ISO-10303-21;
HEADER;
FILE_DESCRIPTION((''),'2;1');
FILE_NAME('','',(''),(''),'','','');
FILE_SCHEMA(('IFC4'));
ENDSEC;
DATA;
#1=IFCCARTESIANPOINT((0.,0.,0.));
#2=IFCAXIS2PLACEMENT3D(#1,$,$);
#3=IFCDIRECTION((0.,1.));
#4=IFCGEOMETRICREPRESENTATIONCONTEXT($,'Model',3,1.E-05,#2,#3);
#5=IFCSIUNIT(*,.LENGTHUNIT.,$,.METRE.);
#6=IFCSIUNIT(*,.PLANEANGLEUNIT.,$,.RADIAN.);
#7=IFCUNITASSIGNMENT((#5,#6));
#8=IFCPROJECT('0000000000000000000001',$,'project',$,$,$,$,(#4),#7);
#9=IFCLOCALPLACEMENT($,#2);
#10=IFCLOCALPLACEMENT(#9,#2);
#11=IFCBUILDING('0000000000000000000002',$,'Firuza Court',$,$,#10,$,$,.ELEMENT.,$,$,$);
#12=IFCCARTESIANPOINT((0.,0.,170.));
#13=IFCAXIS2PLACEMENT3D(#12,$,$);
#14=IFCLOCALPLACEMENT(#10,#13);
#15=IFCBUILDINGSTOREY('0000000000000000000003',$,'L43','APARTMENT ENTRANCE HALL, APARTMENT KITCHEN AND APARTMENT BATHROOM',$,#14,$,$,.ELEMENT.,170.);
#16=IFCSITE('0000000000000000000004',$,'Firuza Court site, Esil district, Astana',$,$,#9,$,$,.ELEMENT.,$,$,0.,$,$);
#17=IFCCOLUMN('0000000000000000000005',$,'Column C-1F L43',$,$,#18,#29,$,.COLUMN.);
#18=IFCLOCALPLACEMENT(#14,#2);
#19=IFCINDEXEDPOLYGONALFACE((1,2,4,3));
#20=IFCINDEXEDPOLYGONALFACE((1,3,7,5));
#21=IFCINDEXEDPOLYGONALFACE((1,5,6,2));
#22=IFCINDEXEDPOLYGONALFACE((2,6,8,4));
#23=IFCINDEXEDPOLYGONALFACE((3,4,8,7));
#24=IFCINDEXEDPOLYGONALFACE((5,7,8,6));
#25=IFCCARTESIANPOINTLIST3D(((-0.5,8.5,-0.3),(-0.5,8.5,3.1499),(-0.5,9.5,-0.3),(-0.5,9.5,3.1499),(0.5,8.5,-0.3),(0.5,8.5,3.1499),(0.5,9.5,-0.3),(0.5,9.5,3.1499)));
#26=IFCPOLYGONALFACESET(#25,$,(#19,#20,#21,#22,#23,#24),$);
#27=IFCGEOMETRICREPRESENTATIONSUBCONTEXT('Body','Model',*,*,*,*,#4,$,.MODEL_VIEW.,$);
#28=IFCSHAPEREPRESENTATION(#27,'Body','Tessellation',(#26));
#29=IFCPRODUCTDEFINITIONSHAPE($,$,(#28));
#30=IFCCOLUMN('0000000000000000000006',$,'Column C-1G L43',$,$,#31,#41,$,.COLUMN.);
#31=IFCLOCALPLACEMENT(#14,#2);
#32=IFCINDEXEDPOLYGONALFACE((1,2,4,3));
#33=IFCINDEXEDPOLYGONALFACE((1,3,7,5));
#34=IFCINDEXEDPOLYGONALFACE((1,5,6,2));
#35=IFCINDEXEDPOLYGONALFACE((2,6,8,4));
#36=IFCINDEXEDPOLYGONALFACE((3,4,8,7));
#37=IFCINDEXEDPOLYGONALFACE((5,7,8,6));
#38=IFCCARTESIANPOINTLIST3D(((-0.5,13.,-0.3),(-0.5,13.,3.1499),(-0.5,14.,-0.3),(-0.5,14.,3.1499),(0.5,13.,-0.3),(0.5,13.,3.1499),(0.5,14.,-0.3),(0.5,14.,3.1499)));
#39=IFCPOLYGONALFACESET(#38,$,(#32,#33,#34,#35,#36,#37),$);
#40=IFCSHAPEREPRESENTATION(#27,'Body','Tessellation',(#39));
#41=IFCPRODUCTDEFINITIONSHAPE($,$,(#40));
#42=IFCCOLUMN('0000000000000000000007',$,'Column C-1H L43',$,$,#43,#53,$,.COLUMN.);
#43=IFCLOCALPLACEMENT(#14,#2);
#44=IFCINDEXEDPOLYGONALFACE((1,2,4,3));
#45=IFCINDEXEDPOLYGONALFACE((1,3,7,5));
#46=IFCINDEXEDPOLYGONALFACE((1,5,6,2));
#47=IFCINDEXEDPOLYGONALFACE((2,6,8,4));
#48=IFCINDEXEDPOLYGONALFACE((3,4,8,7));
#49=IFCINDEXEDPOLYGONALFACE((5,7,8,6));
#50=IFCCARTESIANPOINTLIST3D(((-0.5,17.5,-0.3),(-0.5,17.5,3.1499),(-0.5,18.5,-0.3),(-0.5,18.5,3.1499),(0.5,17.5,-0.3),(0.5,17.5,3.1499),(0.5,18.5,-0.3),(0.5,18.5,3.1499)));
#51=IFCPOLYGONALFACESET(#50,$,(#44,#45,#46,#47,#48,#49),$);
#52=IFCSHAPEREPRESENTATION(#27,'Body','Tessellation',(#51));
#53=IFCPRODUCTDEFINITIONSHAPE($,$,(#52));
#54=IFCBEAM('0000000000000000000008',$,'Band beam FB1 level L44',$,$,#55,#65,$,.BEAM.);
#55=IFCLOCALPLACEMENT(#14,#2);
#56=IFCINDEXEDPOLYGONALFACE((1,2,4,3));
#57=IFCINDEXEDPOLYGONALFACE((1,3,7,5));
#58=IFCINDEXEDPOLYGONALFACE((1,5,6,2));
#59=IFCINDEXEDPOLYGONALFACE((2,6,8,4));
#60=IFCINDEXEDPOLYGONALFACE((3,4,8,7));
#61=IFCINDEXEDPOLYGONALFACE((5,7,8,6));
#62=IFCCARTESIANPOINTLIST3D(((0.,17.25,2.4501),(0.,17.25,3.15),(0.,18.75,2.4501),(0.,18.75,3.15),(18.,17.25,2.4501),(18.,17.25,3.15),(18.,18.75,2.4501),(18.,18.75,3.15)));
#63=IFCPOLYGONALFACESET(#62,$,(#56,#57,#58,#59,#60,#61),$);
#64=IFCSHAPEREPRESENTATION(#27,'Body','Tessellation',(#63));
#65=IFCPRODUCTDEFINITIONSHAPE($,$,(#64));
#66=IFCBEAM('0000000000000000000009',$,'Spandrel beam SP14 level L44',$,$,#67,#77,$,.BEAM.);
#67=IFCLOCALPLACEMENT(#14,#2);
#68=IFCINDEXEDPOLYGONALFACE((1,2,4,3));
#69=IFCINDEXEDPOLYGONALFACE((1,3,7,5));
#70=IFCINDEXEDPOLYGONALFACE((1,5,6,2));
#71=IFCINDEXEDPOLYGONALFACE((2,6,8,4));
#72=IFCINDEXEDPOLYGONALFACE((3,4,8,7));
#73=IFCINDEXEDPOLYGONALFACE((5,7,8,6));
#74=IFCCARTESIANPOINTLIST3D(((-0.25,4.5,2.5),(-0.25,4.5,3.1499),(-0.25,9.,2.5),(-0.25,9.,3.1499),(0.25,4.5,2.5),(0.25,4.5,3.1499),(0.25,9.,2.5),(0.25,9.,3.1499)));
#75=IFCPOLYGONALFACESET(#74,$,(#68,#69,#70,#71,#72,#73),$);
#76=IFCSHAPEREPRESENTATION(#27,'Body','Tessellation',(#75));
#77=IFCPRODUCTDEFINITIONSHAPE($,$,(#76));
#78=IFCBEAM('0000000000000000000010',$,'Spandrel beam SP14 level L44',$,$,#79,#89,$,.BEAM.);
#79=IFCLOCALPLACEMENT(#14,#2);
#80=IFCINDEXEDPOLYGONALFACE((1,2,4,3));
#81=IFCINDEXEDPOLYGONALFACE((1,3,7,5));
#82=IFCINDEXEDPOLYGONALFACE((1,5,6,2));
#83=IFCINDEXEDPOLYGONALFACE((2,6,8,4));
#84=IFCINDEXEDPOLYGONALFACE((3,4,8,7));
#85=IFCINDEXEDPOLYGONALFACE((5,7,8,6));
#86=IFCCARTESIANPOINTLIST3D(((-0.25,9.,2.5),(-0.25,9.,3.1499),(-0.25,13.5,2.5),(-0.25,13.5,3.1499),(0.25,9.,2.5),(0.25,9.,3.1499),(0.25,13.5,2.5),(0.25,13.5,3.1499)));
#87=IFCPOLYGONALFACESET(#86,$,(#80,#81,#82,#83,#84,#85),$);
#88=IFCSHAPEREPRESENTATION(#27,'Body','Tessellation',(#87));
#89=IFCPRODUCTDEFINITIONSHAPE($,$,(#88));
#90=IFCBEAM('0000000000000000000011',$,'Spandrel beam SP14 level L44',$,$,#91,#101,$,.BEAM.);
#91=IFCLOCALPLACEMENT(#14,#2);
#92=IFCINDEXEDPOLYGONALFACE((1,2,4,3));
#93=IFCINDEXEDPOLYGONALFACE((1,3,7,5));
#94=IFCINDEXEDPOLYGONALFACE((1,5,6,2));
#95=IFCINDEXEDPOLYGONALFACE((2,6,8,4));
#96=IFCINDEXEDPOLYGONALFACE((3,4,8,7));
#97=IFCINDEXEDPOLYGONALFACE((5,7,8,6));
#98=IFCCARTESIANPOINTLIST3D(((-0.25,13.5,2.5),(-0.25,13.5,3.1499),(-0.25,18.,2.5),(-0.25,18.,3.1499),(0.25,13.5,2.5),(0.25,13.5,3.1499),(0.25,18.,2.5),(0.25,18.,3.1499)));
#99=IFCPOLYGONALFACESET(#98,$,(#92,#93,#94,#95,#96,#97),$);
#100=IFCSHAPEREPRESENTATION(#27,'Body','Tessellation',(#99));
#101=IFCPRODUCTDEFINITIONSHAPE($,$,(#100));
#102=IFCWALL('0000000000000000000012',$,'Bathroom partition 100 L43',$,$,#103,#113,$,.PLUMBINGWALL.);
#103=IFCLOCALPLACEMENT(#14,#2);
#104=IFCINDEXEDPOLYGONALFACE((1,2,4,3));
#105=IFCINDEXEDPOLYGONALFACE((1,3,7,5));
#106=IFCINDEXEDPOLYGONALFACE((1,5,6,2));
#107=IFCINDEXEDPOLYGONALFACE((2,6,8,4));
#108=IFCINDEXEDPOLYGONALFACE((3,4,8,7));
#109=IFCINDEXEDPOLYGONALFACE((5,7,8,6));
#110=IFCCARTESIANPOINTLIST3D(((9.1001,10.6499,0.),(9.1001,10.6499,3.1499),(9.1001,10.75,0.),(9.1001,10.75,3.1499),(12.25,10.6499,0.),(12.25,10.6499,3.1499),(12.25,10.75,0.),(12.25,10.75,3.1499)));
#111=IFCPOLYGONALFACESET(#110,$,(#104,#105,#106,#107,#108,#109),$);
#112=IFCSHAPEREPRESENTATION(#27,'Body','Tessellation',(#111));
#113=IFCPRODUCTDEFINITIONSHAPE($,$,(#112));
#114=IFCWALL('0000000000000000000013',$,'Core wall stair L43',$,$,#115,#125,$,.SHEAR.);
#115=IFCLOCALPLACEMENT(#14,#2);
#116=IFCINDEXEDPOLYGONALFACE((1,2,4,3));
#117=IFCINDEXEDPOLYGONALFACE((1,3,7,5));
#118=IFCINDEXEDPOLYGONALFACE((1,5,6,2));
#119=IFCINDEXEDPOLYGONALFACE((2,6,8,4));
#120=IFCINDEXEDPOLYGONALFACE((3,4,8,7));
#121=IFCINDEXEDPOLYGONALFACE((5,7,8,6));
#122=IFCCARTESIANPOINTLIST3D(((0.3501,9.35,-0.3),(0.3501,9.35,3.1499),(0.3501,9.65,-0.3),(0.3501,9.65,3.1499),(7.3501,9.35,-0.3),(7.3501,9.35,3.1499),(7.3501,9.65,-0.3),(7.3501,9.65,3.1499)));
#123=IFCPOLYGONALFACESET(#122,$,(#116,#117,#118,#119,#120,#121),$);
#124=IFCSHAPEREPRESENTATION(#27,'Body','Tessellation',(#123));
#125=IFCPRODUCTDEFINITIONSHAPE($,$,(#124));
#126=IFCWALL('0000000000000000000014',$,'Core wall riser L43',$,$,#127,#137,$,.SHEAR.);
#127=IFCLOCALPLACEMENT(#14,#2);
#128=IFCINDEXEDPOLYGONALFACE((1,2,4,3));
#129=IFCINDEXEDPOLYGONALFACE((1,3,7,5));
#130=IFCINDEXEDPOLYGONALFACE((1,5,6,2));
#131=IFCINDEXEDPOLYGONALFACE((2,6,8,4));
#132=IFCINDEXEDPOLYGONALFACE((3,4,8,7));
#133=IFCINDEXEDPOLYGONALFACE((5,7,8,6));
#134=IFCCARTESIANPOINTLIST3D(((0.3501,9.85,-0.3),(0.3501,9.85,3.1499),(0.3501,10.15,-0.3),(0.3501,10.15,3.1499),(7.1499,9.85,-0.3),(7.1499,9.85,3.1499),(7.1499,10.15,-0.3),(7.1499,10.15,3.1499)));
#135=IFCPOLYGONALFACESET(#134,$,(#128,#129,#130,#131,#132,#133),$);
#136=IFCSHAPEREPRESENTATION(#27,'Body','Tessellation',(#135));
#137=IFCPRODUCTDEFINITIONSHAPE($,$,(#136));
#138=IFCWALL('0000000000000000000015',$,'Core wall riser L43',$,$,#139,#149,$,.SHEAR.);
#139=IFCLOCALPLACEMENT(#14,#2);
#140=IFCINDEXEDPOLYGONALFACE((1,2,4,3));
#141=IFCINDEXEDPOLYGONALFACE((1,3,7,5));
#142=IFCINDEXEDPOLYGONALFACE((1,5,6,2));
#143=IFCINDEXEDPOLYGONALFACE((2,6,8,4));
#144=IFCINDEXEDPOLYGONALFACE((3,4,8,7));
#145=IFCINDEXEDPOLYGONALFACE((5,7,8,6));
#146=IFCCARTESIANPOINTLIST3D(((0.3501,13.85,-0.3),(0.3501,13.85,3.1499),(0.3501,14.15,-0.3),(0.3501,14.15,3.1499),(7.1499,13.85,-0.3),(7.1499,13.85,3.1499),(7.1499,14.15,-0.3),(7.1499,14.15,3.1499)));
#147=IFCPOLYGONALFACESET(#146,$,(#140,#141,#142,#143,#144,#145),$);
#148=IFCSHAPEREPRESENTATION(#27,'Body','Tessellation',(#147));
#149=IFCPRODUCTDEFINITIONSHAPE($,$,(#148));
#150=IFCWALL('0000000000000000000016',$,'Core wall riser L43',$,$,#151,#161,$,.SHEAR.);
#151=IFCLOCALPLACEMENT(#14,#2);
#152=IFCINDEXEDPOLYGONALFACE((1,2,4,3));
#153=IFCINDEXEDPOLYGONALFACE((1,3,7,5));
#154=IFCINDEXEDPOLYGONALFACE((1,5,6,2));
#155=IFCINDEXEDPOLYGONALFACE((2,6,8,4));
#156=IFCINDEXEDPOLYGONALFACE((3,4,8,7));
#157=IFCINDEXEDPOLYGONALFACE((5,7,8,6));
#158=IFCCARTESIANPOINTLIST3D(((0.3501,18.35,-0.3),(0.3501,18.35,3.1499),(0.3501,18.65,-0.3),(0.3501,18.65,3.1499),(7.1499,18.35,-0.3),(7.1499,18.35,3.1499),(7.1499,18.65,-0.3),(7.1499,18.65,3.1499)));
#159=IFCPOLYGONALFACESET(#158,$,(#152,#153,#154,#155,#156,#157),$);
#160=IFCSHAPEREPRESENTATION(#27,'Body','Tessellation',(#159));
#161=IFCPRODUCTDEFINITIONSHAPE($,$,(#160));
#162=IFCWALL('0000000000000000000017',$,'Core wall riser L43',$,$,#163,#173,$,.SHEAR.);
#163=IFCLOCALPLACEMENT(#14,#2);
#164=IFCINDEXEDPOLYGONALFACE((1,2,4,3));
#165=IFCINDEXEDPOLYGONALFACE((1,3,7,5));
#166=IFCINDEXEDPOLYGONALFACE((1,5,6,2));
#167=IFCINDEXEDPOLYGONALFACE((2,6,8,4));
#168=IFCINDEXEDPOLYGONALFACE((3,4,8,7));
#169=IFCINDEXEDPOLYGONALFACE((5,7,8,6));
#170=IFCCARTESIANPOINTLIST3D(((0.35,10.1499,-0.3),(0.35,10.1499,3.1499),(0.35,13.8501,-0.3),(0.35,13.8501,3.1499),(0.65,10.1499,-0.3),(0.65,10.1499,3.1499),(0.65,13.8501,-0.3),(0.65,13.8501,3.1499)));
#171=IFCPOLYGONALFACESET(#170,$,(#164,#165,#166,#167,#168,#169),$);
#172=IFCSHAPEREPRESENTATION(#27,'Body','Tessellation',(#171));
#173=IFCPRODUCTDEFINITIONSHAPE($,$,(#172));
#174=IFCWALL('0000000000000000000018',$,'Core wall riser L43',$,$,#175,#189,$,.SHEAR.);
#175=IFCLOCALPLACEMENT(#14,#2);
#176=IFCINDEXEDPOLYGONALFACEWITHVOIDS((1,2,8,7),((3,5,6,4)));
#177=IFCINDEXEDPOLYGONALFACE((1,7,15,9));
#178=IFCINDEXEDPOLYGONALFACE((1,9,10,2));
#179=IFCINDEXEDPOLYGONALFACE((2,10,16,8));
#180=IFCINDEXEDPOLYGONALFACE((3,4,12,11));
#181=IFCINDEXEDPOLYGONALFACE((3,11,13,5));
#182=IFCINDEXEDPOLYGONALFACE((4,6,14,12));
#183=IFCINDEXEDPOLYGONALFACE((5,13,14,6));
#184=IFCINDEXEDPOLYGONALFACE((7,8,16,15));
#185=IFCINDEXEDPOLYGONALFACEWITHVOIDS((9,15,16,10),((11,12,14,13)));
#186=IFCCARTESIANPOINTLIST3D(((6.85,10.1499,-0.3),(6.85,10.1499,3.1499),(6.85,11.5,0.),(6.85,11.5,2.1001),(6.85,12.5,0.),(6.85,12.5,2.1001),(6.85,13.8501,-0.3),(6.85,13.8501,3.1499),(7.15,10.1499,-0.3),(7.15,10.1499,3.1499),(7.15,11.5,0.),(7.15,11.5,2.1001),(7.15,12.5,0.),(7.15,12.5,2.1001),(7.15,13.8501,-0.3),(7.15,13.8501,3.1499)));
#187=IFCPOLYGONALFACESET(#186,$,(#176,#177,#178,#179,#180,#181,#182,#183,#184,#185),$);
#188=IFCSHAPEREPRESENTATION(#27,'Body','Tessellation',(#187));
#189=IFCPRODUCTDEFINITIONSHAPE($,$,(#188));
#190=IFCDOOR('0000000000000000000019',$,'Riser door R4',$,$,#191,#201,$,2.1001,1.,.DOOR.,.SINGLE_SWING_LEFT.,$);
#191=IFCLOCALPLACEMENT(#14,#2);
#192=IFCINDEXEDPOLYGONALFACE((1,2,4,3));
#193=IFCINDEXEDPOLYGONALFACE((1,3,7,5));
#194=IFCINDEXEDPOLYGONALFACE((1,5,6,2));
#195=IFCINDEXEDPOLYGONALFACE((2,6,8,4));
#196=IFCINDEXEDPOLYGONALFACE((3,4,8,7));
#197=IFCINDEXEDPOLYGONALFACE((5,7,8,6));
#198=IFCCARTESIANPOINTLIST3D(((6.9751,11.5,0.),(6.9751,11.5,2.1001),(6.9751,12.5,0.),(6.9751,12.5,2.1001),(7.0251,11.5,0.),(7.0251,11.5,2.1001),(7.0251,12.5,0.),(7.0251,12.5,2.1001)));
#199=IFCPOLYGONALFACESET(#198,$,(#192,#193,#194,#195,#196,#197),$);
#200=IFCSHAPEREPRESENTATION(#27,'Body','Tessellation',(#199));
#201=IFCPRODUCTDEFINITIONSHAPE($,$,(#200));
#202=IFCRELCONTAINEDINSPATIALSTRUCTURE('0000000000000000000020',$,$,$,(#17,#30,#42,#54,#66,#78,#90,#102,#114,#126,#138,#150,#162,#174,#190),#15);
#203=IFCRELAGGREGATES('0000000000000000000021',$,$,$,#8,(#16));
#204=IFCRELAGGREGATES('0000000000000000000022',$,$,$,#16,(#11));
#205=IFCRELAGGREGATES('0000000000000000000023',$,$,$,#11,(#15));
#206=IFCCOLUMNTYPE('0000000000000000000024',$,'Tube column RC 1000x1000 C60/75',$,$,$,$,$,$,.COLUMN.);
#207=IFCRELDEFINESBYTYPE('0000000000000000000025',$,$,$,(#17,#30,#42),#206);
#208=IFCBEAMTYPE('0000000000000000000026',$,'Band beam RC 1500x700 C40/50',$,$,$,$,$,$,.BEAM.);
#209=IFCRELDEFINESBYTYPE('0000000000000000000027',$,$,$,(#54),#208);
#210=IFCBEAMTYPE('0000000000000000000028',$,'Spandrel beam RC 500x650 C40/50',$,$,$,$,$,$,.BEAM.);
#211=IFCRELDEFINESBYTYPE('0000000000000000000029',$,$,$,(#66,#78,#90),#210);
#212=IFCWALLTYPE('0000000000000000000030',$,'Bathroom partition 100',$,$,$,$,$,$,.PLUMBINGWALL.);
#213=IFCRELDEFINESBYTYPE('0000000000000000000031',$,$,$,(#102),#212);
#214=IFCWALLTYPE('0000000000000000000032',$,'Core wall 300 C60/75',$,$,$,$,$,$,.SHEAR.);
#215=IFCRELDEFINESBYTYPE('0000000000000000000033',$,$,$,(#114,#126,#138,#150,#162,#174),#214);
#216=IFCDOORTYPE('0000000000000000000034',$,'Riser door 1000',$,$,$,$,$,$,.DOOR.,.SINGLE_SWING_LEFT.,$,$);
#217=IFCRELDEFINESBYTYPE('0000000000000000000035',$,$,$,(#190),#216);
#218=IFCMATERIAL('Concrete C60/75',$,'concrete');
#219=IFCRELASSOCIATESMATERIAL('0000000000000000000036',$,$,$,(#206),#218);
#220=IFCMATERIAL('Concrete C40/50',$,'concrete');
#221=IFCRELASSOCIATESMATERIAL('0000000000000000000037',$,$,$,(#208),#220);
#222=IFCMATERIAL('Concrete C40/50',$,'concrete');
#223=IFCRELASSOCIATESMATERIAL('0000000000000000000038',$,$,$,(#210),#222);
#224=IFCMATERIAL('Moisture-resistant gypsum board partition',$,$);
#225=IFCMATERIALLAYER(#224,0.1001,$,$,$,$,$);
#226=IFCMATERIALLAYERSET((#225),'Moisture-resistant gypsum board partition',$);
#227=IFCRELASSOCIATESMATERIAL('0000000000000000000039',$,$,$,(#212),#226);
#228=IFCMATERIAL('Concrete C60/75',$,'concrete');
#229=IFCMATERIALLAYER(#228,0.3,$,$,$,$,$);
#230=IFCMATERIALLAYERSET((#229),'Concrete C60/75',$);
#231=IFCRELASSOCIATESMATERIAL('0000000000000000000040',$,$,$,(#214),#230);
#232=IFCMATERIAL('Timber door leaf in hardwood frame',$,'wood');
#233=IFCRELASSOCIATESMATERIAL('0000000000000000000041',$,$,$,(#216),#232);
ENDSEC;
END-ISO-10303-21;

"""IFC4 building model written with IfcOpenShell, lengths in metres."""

from ifc_helpers import new_model, si_unit, direction, frame, frame_2d, origin, origin_2d, place, context, subcontext, project, spatial, rectangle, extrude, material, layer, layer_set, material_profile, profile_set, type_object, element, fill, save


model = new_model("IFC4")

# Units and contexts
model_context = context("Model", 3, precision=1e-05, world=origin(), true_north=direction((0.0, 1.0)))
body_context = subcontext(model_context, "Body", "Model", "MODEL_VIEW")
ifc_project = project(units=[si_unit("LENGTHUNIT", "METRE"), si_unit("PLANEANGLEUNIT", "RADIAN")], contexts=[model_context])

# Site, building, storey
site_placement = place(None, origin())
site = spatial("IfcSite", under=ifc_project, at=site_placement, Name="Firuza Court site, Esil district, Astana", CompositionType="ELEMENT", RefElevation=0.0)
building_placement = place(site_placement, origin())
building = spatial("IfcBuilding", under=site, at=building_placement, Name="Firuza Court", CompositionType="ELEMENT")
storey_placement = place(building_placement, frame((0.0, 0.0, 170.0)))
storey = spatial("IfcBuildingStorey", under=building, at=storey_placement, Name="L43", Description="APARTMENT ENTRANCE HALL, APARTMENT KITCHEN AND APARTMENT BATHROOM", CompositionType="ELEMENT", Elevation=170.0)

# Columns
ifc_material_1 = material(Name="Concrete C60/75", Category="concrete")
ifc_material_profile_1 = material_profile(ifc_material_1, rectangle(XDim=1.0, YDim=1.0, at=origin_2d()), Name="RC 1000x1000")
ifc_profile_set_1 = profile_set([ifc_material_profile_1], Name="Concrete C60/75")
column_type = type_object("IfcColumnType", Name="Tube column RC 1000x1000 C60/75", PredefinedType="COLUMN", material=ifc_profile_set_1)
for number, where, z_axis, x_axis, name in (
    (1, (0.0, 9.0, -0.3), (0.0, 0.0, 1.0), (1.0, 0.0, 0.0), "Column C-1F L43"),
    (2, (0.0, 13.5, -0.3), (0.0, 0.0, 1.0), (1.0, 0.0, 0.0), "Column C-1G L43"),
    (3, (0.0, 18.0, -0.3), (0.0, 0.0, 1.0), (1.0, 0.0, 0.0), "Column C-1H L43"),
):
    element("IfcColumn", number, at=place(storey_placement, frame(where, z_axis=z_axis, x_axis=x_axis)), inside=storey, type_object=column_type, Name=name, PredefinedType="COLUMN", context=body_context, shape_type="SweptSolid", body=[
        extrude(rectangle(XDim=1.0, YDim=1.0, at=origin_2d()), origin(), (0.0, 0.0, 1.0), 3.45),
    ])

# Beams
ifc_material_2 = material(Name="Concrete C40/50", Category="concrete")
ifc_material_profile_2 = material_profile(ifc_material_2, rectangle(XDim=1.5, YDim=0.7, at=origin_2d()), Name="RC 1500x700")
ifc_profile_set_2 = profile_set([ifc_material_profile_2], Name="Concrete C40/50")
beam_type_1 = type_object("IfcBeamType", Name="Band beam RC 1500x700 C40/50", PredefinedType="BEAM", material=ifc_profile_set_2)
beam_placement = place(storey_placement, frame((0.0, 18.0, 2.8), z_axis=(1.0, 0.0, 0.0), x_axis=(0.0, 1.0, 0.0)))
element("IfcBeam", 4, at=beam_placement, inside=storey, type_object=beam_type_1, Name="Band beam FB1 level L44", PredefinedType="BEAM", context=body_context, shape_type="SweptSolid", body=[
    extrude(rectangle(XDim=1.5, YDim=0.7, at=origin_2d()), origin(), (0.0, 0.0, 1.0), 18.0),
])
ifc_material_3 = material(Name="Concrete C40/50", Category="concrete")
ifc_material_profile_3 = material_profile(ifc_material_3, rectangle(XDim=0.5, YDim=0.6499, at=origin_2d()), Name="RC 500x650")
ifc_profile_set_3 = profile_set([ifc_material_profile_3], Name="Concrete C40/50")
beam_type_2 = type_object("IfcBeamType", Name="Spandrel beam RC 500x650 C40/50", PredefinedType="BEAM", material=ifc_profile_set_3)
for number, where, z_axis, x_axis, name in (
    (5, (0.0, 9.0, 2.825), (0.0, -1.0, 0.0), (1.0, 0.0, 0.0), "Spandrel beam SP14 level L44"),
    (6, (0.0, 13.5, 2.825), (0.0, -1.0, 0.0), (1.0, 0.0, 0.0), "Spandrel beam SP14 level L44"),
    (7, (0.0, 18.0, 2.825), (0.0, -1.0, 0.0), (1.0, 0.0, 0.0), "Spandrel beam SP14 level L44"),
):
    element("IfcBeam", number, at=place(storey_placement, frame(where, z_axis=z_axis, x_axis=x_axis)), inside=storey, type_object=beam_type_2, Name=name, PredefinedType="BEAM", context=body_context, shape_type="SweptSolid", body=[
        extrude(rectangle(XDim=0.5, YDim=0.6499, at=origin_2d()), origin(), (0.0, 0.0, 1.0), 4.5),
    ])

# Walls
ifc_material_4 = material(Name="Moisture-resistant gypsum board partition")
ifc_layer_1 = layer(ifc_material_4, 0.1001)
ifc_layer_set_1 = layer_set([ifc_layer_1], Name="Moisture-resistant gypsum board partition")
wall_type_1 = type_object("IfcWallType", Name="Bathroom partition 100", PredefinedType="PLUMBINGWALL", material=ifc_layer_set_1)
wall_1_placement = place(storey_placement, frame((9.1001, 10.7, 0.0), z_axis=(0.0, 0.0, 1.0), x_axis=(1.0, 0.0, 0.0)))
element("IfcWall", 8, at=wall_1_placement, inside=storey, type_object=wall_type_1, Name="Bathroom partition 100 L43", PredefinedType="PLUMBINGWALL", context=body_context, shape_type="SweptSolid", body=[
    extrude(rectangle(XDim=3.1499, YDim=0.1001, at=frame_2d((1.575, 0.0))), origin(), (0.0, 0.0, 1.0), 3.1499),
])
ifc_material_5 = material(Name="Concrete C60/75", Category="concrete")
ifc_layer_2 = layer(ifc_material_5, 0.3)
ifc_layer_set_2 = layer_set([ifc_layer_2], Name="Concrete C60/75")
wall_type_2 = type_object("IfcWallType", Name="Core wall 300 C60/75", PredefinedType="SHEAR", material=ifc_layer_set_2)
wall_2_placement = place(storey_placement, frame((0.3501, 9.5, -0.3), z_axis=(0.0, 0.0, 1.0), x_axis=(1.0, 0.0, 0.0)))
element("IfcWall", 9, at=wall_2_placement, inside=storey, type_object=wall_type_2, Name="Core wall stair L43", PredefinedType="SHEAR", context=body_context, shape_type="SweptSolid", body=[
    extrude(rectangle(XDim=7.0, YDim=0.3, at=frame_2d((3.5, 0.0))), origin(), (0.0, 0.0, 1.0), 3.45),
])
for number, where, z_axis, x_axis, name in (
    (10, (0.3501, 10.0, -0.3), (0.0, 0.0, 1.0), (1.0, 0.0, 0.0), "Core wall riser L43"),
    (11, (0.3501, 14.0, -0.3), (0.0, 0.0, 1.0), (1.0, 0.0, 0.0), "Core wall riser L43"),
    (12, (0.3501, 18.5, -0.3), (0.0, 0.0, 1.0), (1.0, 0.0, 0.0), "Core wall riser L43"),
):
    element("IfcWall", number, at=place(storey_placement, frame(where, z_axis=z_axis, x_axis=x_axis)), inside=storey, type_object=wall_type_2, Name=name, PredefinedType="SHEAR", context=body_context, shape_type="SweptSolid", body=[
        extrude(rectangle(XDim=6.7998, YDim=0.3, at=frame_2d((3.3999, 0.0))), origin(), (0.0, 0.0, 1.0), 3.45),
    ])
wall_3_placement = place(storey_placement, frame((0.5, 10.1499, -0.3), z_axis=(0.0, 0.0, 1.0), x_axis=(0.0, 1.0, 0.0)))
element("IfcWall", 13, at=wall_3_placement, inside=storey, type_object=wall_type_2, Name="Core wall riser L43", PredefinedType="SHEAR", context=body_context, shape_type="SweptSolid", body=[
    extrude(rectangle(XDim=3.7002, YDim=0.3, at=frame_2d((1.8501, 0.0))), origin(), (0.0, 0.0, 1.0), 3.45),
])

# Wall, opening, door
wall_4_placement = place(storey_placement, frame((7.0, 10.1499, -0.3), z_axis=(0.0, 0.0, 1.0), x_axis=(0.0, 1.0, 0.0)))
wall_4 = element("IfcWall", 14, at=wall_4_placement, inside=storey, type_object=wall_type_2, Name="Core wall riser L43", PredefinedType="SHEAR", context=body_context, shape_type="SweptSolid", body=[
    extrude(rectangle(XDim=3.7002, YDim=0.3, at=frame_2d((1.8501, 0.0))), origin(), (0.0, 0.0, 1.0), 3.45),
])
opening_1_placement = place(wall_4_placement, frame((1.3501, 0.0, 0.3)))
opening_1 = element("IfcOpeningElement", 15, at=opening_1_placement, cuts=wall_4, PredefinedType="OPENING", context=body_context, shape_type="SweptSolid", body=[
    extrude(rectangle(XDim=1.0, YDim=2.1001, at=frame_2d((0.5, 1.05))), frame((0.0, 0.1621, 0.0), z_axis=(0.0, -1.0, 0.0), x_axis=(1.0, 0.0, 0.0)), (0.0, 0.0, 1.0), 0.324),
])
ifc_material_6 = material(Name="Timber door leaf in hardwood frame", Category="wood")
door_type_1 = type_object("IfcDoorType", Name="Riser door 1000", OperationType="SINGLE_SWING_LEFT", PredefinedType="DOOR", material=ifc_material_6)
door_1_placement = place(opening_1_placement, origin())
door_1 = element("IfcDoor", 16, at=door_1_placement, inside=storey, type_object=door_type_1, Name="Riser door R4", OperationType="SINGLE_SWING_LEFT", OverallHeight=2.1001, OverallWidth=1.0, PredefinedType="DOOR", context=body_context, shape_type="SweptSolid", body=[
    extrude(rectangle(XDim=1.0, YDim=2.1001, at=frame_2d((0.5, 1.05))), frame((0.0, 0.0249, 0.0), z_axis=(0.0, -1.0, 0.0), x_axis=(1.0, 0.0, 0.0)), (0.0, 0.0, 1.0), 0.05),
])
fill(opening_1, door_1)

save(model, "model.ifc")
